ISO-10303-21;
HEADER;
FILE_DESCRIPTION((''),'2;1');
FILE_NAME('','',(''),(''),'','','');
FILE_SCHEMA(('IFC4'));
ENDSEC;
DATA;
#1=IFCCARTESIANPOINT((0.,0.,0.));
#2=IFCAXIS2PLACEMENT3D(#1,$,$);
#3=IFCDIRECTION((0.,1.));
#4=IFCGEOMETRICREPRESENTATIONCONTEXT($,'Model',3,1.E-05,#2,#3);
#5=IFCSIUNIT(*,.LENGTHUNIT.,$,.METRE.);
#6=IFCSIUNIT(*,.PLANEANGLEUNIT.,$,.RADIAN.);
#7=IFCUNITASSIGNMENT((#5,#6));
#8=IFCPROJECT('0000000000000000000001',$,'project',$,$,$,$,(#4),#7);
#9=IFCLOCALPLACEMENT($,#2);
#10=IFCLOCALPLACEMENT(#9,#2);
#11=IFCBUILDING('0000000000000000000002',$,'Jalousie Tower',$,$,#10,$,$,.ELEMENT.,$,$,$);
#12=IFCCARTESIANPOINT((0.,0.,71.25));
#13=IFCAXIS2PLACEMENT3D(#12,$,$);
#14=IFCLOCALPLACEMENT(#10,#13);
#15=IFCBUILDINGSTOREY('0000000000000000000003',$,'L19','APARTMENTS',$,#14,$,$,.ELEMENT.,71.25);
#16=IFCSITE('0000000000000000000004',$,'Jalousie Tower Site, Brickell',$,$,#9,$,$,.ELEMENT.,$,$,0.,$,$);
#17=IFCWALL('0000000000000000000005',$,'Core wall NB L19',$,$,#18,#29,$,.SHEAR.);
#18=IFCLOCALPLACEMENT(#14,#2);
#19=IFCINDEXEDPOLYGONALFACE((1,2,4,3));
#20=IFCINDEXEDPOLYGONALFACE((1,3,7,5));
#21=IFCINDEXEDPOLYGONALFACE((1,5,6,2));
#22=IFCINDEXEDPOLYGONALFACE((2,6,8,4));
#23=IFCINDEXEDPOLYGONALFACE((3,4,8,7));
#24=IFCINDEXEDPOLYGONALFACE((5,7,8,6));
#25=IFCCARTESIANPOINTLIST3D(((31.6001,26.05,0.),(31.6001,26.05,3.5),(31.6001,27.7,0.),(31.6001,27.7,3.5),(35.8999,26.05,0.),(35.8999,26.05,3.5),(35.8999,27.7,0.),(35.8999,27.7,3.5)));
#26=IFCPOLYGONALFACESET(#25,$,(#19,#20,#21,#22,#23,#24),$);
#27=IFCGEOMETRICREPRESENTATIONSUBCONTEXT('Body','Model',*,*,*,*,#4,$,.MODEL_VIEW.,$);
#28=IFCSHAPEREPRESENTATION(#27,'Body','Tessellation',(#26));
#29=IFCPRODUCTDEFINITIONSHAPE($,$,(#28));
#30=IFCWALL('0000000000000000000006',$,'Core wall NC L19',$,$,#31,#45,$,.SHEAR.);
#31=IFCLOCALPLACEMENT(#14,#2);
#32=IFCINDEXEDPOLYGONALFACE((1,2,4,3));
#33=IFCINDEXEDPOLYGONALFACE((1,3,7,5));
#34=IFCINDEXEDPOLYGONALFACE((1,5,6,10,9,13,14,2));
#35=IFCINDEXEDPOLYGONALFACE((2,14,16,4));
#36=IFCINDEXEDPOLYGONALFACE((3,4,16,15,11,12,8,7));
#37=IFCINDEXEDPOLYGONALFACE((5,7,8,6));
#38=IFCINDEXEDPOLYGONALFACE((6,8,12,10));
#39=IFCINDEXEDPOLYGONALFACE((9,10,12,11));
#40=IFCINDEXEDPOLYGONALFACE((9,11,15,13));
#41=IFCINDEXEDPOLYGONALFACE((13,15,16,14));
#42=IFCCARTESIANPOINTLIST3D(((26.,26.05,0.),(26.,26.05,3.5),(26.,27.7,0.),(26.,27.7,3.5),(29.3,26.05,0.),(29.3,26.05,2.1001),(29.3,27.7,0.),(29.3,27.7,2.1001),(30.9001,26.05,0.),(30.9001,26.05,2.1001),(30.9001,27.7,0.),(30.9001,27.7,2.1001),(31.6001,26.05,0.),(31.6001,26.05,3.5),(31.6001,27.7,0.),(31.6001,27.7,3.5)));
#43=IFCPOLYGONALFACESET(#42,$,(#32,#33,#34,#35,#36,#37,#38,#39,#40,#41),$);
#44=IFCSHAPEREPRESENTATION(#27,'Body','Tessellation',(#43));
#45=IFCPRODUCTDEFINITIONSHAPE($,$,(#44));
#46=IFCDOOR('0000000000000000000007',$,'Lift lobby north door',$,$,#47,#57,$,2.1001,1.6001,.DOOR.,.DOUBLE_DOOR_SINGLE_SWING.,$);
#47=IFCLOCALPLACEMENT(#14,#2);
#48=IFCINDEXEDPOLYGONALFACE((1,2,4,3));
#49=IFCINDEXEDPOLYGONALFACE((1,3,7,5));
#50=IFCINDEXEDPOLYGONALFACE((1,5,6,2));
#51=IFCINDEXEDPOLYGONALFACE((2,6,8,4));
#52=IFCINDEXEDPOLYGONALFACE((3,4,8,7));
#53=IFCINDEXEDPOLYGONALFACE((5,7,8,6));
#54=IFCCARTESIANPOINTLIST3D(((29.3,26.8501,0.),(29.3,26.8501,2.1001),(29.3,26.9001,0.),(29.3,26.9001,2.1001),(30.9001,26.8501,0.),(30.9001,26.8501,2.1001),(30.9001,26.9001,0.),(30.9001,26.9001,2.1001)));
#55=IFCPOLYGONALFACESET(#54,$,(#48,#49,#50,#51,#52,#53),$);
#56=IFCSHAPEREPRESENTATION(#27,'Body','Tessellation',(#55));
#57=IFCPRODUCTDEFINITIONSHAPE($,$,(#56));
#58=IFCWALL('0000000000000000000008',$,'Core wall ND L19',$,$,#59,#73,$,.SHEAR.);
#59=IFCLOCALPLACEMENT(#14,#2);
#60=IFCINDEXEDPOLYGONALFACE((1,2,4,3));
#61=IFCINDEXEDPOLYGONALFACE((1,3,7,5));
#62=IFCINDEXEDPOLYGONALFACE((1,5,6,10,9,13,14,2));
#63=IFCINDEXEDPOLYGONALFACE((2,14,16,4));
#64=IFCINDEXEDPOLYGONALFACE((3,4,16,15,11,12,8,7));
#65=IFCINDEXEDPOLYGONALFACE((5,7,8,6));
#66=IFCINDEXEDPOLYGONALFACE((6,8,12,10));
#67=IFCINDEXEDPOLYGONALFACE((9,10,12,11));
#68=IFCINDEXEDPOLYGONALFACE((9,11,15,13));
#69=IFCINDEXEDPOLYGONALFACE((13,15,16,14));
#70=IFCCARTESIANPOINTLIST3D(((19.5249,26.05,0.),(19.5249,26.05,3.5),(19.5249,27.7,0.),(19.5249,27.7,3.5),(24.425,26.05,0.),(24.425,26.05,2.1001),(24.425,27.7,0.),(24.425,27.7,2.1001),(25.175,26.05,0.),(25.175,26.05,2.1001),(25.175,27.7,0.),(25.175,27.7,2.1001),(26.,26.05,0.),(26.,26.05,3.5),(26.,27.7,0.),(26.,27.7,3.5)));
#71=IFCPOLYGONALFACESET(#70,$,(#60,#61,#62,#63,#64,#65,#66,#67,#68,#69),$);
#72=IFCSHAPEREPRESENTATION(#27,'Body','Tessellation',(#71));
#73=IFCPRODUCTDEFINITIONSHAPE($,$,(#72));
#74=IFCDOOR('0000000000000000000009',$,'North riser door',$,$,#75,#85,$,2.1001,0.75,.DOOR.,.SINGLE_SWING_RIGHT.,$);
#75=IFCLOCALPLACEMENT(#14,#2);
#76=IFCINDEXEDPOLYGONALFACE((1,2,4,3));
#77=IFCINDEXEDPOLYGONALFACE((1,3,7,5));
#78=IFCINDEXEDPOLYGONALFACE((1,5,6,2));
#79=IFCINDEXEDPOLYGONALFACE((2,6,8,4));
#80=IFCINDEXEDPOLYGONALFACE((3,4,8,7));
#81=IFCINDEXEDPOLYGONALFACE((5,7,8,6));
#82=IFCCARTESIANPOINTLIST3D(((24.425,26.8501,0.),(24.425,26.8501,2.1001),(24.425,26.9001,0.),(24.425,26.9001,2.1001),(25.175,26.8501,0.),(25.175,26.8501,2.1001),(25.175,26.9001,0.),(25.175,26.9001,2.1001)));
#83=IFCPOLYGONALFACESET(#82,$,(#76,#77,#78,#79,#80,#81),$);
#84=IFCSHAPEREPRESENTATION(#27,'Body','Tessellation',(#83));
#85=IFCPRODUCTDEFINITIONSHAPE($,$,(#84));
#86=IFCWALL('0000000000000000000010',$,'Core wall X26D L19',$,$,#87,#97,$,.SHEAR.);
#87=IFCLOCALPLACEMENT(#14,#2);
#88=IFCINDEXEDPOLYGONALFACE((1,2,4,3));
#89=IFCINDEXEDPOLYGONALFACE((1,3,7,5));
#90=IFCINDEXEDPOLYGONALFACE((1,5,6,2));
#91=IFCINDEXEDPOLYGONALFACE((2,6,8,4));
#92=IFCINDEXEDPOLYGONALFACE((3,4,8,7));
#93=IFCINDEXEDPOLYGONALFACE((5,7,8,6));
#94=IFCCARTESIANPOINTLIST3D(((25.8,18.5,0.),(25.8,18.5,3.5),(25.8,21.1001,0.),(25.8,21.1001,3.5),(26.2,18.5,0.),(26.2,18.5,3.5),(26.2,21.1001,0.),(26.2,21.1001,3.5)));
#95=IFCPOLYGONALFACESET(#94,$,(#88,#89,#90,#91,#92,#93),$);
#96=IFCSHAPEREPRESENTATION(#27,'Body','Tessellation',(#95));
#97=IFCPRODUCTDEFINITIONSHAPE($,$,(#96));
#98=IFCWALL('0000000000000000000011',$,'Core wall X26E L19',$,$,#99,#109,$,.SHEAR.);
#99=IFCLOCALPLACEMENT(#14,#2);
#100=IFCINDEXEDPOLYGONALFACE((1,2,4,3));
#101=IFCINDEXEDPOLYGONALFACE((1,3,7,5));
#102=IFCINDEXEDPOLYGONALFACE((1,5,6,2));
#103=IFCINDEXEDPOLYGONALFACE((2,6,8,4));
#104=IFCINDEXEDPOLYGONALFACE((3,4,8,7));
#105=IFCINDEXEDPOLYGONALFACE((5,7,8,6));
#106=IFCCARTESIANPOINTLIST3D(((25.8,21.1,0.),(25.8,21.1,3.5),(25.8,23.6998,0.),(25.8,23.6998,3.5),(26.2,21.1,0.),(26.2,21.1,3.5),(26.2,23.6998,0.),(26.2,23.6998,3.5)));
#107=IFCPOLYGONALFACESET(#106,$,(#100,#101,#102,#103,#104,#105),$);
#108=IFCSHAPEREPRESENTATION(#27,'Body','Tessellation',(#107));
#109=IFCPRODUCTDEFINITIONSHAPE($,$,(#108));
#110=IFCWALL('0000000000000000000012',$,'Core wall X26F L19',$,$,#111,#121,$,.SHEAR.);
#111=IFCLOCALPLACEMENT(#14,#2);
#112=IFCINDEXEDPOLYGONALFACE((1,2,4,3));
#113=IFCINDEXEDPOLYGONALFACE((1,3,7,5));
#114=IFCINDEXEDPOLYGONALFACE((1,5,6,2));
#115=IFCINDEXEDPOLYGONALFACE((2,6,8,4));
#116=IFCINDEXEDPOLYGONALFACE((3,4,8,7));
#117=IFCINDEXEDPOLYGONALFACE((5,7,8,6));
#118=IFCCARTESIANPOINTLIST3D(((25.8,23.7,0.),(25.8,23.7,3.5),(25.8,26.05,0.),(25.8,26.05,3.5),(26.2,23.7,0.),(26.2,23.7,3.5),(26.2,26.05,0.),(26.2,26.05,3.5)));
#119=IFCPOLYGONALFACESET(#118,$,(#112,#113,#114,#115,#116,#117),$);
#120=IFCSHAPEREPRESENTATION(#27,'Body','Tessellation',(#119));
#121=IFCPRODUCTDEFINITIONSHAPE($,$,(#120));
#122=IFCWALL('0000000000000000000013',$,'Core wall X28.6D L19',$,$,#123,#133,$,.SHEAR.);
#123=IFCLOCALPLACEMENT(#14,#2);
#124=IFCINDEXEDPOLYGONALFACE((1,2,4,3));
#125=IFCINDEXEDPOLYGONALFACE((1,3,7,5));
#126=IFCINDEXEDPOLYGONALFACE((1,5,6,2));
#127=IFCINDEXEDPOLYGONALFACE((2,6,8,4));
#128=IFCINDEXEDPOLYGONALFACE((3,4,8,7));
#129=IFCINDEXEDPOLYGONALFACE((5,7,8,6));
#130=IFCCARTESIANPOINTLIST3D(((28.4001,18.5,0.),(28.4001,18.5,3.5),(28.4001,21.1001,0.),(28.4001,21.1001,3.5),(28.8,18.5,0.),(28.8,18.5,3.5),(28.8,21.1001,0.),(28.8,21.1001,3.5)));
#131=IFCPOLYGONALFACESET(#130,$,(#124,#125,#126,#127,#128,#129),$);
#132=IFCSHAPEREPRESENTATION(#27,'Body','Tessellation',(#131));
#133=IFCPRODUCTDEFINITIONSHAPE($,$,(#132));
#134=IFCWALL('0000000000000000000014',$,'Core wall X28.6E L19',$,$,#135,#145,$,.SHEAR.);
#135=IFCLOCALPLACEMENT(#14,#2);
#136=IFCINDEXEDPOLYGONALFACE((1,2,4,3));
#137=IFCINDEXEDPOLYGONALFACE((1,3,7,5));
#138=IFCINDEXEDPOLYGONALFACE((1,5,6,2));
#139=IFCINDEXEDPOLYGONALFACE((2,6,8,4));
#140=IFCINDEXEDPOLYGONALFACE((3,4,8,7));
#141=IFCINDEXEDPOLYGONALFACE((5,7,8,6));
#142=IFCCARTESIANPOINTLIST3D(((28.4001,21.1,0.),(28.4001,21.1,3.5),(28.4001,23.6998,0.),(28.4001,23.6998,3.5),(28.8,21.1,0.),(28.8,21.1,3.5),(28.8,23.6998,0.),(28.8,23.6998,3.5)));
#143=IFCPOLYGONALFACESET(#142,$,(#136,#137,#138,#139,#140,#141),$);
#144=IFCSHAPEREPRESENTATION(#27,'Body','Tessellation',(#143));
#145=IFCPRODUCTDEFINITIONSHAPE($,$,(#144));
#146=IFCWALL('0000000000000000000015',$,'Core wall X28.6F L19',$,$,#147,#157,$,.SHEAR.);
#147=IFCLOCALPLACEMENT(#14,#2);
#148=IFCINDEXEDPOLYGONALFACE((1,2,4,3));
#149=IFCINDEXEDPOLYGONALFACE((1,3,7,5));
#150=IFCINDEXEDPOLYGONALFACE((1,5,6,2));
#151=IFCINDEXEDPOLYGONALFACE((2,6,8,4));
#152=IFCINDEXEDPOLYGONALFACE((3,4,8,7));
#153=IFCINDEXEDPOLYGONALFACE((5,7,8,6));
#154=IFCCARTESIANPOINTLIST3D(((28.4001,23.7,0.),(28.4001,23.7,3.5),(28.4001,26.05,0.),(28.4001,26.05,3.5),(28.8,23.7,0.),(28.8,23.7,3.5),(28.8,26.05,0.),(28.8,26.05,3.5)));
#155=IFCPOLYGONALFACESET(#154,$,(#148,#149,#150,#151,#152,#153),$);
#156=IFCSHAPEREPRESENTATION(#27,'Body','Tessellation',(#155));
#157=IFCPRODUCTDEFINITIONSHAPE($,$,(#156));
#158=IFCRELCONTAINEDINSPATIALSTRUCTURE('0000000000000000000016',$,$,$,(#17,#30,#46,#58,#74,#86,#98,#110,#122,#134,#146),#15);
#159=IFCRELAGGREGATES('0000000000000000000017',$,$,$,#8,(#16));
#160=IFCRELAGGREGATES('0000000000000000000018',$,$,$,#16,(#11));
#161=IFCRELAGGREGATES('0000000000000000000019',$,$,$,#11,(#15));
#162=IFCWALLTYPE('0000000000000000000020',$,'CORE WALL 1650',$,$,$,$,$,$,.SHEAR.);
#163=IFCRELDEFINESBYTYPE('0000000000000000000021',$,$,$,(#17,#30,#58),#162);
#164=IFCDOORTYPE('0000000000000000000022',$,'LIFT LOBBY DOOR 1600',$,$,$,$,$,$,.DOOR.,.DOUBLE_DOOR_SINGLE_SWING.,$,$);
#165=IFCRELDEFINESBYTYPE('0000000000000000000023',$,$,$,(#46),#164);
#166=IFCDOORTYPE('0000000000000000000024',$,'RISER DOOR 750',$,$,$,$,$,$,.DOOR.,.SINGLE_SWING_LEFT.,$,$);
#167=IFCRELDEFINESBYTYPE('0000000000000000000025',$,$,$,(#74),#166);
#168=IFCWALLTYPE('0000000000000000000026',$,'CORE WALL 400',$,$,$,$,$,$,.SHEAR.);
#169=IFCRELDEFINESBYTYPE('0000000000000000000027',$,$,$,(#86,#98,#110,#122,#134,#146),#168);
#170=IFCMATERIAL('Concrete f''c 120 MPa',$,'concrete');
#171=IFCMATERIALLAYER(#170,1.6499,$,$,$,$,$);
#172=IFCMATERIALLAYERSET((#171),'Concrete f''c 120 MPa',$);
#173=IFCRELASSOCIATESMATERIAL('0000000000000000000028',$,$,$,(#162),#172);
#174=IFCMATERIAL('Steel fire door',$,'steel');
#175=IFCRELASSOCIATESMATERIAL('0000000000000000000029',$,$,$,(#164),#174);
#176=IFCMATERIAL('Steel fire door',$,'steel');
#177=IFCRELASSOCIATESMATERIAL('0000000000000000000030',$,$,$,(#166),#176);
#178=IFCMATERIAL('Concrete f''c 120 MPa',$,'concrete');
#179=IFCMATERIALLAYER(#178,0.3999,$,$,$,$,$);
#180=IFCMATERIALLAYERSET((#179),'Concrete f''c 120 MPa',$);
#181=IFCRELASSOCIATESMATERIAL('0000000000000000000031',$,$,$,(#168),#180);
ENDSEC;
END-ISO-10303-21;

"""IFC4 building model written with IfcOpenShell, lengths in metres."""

from ifc_helpers import new_model, si_unit, direction, frame, frame_2d, origin, place, context, subcontext, project, spatial, rectangle, extrude, material, layer, layer_set, type_object, element, fill, save


model = new_model("IFC4")

# Units and contexts
model_context = context("Model", 3, precision=1e-05, world=origin(), true_north=direction((0.0, 1.0)))
body_context = subcontext(model_context, "Body", "Model", "MODEL_VIEW")
ifc_project = project(units=[si_unit("LENGTHUNIT", "METRE"), si_unit("PLANEANGLEUNIT", "RADIAN")], contexts=[model_context])

# Site, building, storey
site_placement = place(None, origin())
site = spatial("IfcSite", under=ifc_project, at=site_placement, Name="Jalousie Tower Site, Brickell", CompositionType="ELEMENT", RefElevation=0.0)
building_placement = place(site_placement, origin())
building = spatial("IfcBuilding", under=site, at=building_placement, Name="Jalousie Tower", CompositionType="ELEMENT")
storey_placement = place(building_placement, frame((0.0, 0.0, 71.25)))
storey = spatial("IfcBuildingStorey", under=building, at=storey_placement, Name="L19", Description="APARTMENTS", CompositionType="ELEMENT", Elevation=71.25)

# Wall
ifc_material_1 = material(Name="Concrete f'c 120 MPa", Category="concrete")
ifc_layer_1 = layer(ifc_material_1, 1.6499)
ifc_layer_set_1 = layer_set([ifc_layer_1], Name="Concrete f'c 120 MPa")
wall_type_1 = type_object("IfcWallType", Name="CORE WALL 1650", PredefinedType="SHEAR", material=ifc_layer_set_1)
wall_1_placement = place(storey_placement, frame((35.8999, 26.875, 0.0), z_axis=(0.0, 0.0, 1.0), x_axis=(-1.0, 0.0, 0.0)))
element("IfcWall", 1, at=wall_1_placement, inside=storey, type_object=wall_type_1, Name="Core wall NB L19", PredefinedType="SHEAR", context=body_context, shape_type="SweptSolid", body=[
    extrude(rectangle(XDim=4.2998, YDim=1.6499, at=frame_2d((2.1499, 0.0))), origin(), (0.0, 0.0, 1.0), 3.5),
])

# Walls, openings, doors
wall_2_placement = place(storey_placement, frame((31.6001, 26.875, 0.0), z_axis=(0.0, 0.0, 1.0), x_axis=(-1.0, 0.0, 0.0)))
wall_2 = element("IfcWall", 2, at=wall_2_placement, inside=storey, type_object=wall_type_1, Name="Core wall NC L19", PredefinedType="SHEAR", context=body_context, shape_type="SweptSolid", body=[
    extrude(rectangle(XDim=5.6001, YDim=1.6499, at=frame_2d((2.8, 0.0))), origin(), (0.0, 0.0, 1.0), 3.5),
])
opening_1_placement = place(wall_2_placement, frame((0.7, 0.0, 0.0)))
opening_1 = element("IfcOpeningElement", 3, at=opening_1_placement, cuts=wall_2, PredefinedType="OPENING", context=body_context, shape_type="SweptSolid", body=[
    extrude(rectangle(XDim=1.6001, YDim=2.1001, at=frame_2d((0.8, 1.05))), frame((0.0, 0.835, 0.0), z_axis=(0.0, -1.0, 0.0), x_axis=(1.0, 0.0, 0.0)), (0.0, 0.0, 1.0), 1.6699),
])
ifc_material_2 = material(Name="Steel fire door", Category="steel")
door_type_1 = type_object("IfcDoorType", Name="LIFT LOBBY DOOR 1600", OperationType="DOUBLE_DOOR_SINGLE_SWING", PredefinedType="DOOR", material=ifc_material_2)
door_1_placement = place(opening_1_placement, origin())
door_1 = element("IfcDoor", 4, at=door_1_placement, inside=storey, type_object=door_type_1, Name="Lift lobby north door", OperationType="DOUBLE_DOOR_SINGLE_SWING", OverallHeight=2.1001, OverallWidth=1.6001, PredefinedType="DOOR", context=body_context, shape_type="SweptSolid", body=[
    extrude(rectangle(XDim=1.6001, YDim=2.1001, at=frame_2d((0.8, 1.05))), frame((0.0, 0.0249, 0.0), z_axis=(0.0, -1.0, 0.0), x_axis=(1.0, 0.0, 0.0)), (0.0, 0.0, 1.0), 0.05),
])
fill(opening_1, door_1)
wall_3_placement = place(storey_placement, frame((26.0, 26.875, 0.0), z_axis=(0.0, 0.0, 1.0), x_axis=(-1.0, 0.0, 0.0)))
wall_3 = element("IfcWall", 5, at=wall_3_placement, inside=storey, type_object=wall_type_1, Name="Core wall ND L19", PredefinedType="SHEAR", context=body_context, shape_type="SweptSolid", body=[
    extrude(rectangle(XDim=6.4751, YDim=1.6499, at=frame_2d((3.2375, 0.0))), origin(), (0.0, 0.0, 1.0), 3.5),
])
opening_2_placement = place(wall_3_placement, frame((0.825, 0.0, 0.0)))
opening_2 = element("IfcOpeningElement", 6, at=opening_2_placement, cuts=wall_3, PredefinedType="OPENING", context=body_context, shape_type="SweptSolid", body=[
    extrude(rectangle(XDim=0.75, YDim=2.1001, at=frame_2d((0.375, 1.05))), frame((0.0, 0.835, 0.0), z_axis=(0.0, -1.0, 0.0), x_axis=(1.0, 0.0, 0.0)), (0.0, 0.0, 1.0), 1.6699),
])
ifc_material_3 = material(Name="Steel fire door", Category="steel")
door_type_2 = type_object("IfcDoorType", Name="RISER DOOR 750", OperationType="SINGLE_SWING_LEFT", PredefinedType="DOOR", material=ifc_material_3)
door_2_placement = place(opening_2_placement, origin())
door_2 = element("IfcDoor", 7, at=door_2_placement, inside=storey, type_object=door_type_2, Name="North riser door", OperationType="SINGLE_SWING_RIGHT", OverallHeight=2.1001, OverallWidth=0.75, PredefinedType="DOOR", context=body_context, shape_type="SweptSolid", body=[
    extrude(rectangle(XDim=0.75, YDim=2.1001, at=frame_2d((0.375, 1.05))), frame((0.0, 0.0249, 0.0), z_axis=(0.0, -1.0, 0.0), x_axis=(1.0, 0.0, 0.0)), (0.0, 0.0, 1.0), 0.05),
])
fill(opening_2, door_2)

# Walls
ifc_material_4 = material(Name="Concrete f'c 120 MPa", Category="concrete")
ifc_layer_2 = layer(ifc_material_4, 0.3999)
ifc_layer_set_2 = layer_set([ifc_layer_2], Name="Concrete f'c 120 MPa")
wall_type_2 = type_object("IfcWallType", Name="CORE WALL 400", PredefinedType="SHEAR", material=ifc_layer_set_2)
wall_4_placement = place(storey_placement, frame((26.0, 18.5, 0.0), z_axis=(0.0, 0.0, 1.0), x_axis=(0.0, 1.0, 0.0)))
element("IfcWall", 8, at=wall_4_placement, inside=storey, type_object=wall_type_2, Name="Core wall X26D L19", PredefinedType="SHEAR", context=body_context, shape_type="SweptSolid", body=[
    extrude(rectangle(XDim=2.6001, YDim=0.3999, at=frame_2d((1.3, 0.0))), origin(), (0.0, 0.0, 1.0), 3.5),
])
wall_5_placement = place(storey_placement, frame((26.0, 21.1001, 0.0), z_axis=(0.0, 0.0, 1.0), x_axis=(0.0, 1.0, 0.0)))
element("IfcWall", 9, at=wall_5_placement, inside=storey, type_object=wall_type_2, Name="Core wall X26E L19", PredefinedType="SHEAR", context=body_context, shape_type="SweptSolid", body=[
    extrude(rectangle(XDim=2.5999, YDim=0.3999, at=frame_2d((1.2998, 0.0))), origin(), (0.0, 0.0, 1.0), 3.5),
])
wall_6_placement = place(storey_placement, frame((26.0, 23.7, 0.0), z_axis=(0.0, 0.0, 1.0), x_axis=(0.0, 1.0, 0.0)))
element("IfcWall", 10, at=wall_6_placement, inside=storey, type_object=wall_type_2, Name="Core wall X26F L19", PredefinedType="SHEAR", context=body_context, shape_type="SweptSolid", body=[
    extrude(rectangle(XDim=2.3501, YDim=0.3999, at=frame_2d((1.175, 0.0))), origin(), (0.0, 0.0, 1.0), 3.5),
])
wall_7_placement = place(storey_placement, frame((28.6001, 18.5, 0.0), z_axis=(0.0, 0.0, 1.0), x_axis=(0.0, 1.0, 0.0)))
element("IfcWall", 11, at=wall_7_placement, inside=storey, type_object=wall_type_2, Name="Core wall X28.6D L19", PredefinedType="SHEAR", context=body_context, shape_type="SweptSolid", body=[
    extrude(rectangle(XDim=2.6001, YDim=0.3999, at=frame_2d((1.3, 0.0))), origin(), (0.0, 0.0, 1.0), 3.5),
])
wall_8_placement = place(storey_placement, frame((28.6001, 21.1001, 0.0), z_axis=(0.0, 0.0, 1.0), x_axis=(0.0, 1.0, 0.0)))
element("IfcWall", 12, at=wall_8_placement, inside=storey, type_object=wall_type_2, Name="Core wall X28.6E L19", PredefinedType="SHEAR", context=body_context, shape_type="SweptSolid", body=[
    extrude(rectangle(XDim=2.5999, YDim=0.3999, at=frame_2d((1.2998, 0.0))), origin(), (0.0, 0.0, 1.0), 3.5),
])
wall_9_placement = place(storey_placement, frame((28.6001, 23.7, 0.0), z_axis=(0.0, 0.0, 1.0), x_axis=(0.0, 1.0, 0.0)))
element("IfcWall", 13, at=wall_9_placement, inside=storey, type_object=wall_type_2, Name="Core wall X28.6F L19", PredefinedType="SHEAR", context=body_context, shape_type="SweptSolid", body=[
    extrude(rectangle(XDim=2.3501, YDim=0.3999, at=frame_2d((1.175, 0.0))), origin(), (0.0, 0.0, 1.0), 3.5),
])

save(model, "model.ifc")
